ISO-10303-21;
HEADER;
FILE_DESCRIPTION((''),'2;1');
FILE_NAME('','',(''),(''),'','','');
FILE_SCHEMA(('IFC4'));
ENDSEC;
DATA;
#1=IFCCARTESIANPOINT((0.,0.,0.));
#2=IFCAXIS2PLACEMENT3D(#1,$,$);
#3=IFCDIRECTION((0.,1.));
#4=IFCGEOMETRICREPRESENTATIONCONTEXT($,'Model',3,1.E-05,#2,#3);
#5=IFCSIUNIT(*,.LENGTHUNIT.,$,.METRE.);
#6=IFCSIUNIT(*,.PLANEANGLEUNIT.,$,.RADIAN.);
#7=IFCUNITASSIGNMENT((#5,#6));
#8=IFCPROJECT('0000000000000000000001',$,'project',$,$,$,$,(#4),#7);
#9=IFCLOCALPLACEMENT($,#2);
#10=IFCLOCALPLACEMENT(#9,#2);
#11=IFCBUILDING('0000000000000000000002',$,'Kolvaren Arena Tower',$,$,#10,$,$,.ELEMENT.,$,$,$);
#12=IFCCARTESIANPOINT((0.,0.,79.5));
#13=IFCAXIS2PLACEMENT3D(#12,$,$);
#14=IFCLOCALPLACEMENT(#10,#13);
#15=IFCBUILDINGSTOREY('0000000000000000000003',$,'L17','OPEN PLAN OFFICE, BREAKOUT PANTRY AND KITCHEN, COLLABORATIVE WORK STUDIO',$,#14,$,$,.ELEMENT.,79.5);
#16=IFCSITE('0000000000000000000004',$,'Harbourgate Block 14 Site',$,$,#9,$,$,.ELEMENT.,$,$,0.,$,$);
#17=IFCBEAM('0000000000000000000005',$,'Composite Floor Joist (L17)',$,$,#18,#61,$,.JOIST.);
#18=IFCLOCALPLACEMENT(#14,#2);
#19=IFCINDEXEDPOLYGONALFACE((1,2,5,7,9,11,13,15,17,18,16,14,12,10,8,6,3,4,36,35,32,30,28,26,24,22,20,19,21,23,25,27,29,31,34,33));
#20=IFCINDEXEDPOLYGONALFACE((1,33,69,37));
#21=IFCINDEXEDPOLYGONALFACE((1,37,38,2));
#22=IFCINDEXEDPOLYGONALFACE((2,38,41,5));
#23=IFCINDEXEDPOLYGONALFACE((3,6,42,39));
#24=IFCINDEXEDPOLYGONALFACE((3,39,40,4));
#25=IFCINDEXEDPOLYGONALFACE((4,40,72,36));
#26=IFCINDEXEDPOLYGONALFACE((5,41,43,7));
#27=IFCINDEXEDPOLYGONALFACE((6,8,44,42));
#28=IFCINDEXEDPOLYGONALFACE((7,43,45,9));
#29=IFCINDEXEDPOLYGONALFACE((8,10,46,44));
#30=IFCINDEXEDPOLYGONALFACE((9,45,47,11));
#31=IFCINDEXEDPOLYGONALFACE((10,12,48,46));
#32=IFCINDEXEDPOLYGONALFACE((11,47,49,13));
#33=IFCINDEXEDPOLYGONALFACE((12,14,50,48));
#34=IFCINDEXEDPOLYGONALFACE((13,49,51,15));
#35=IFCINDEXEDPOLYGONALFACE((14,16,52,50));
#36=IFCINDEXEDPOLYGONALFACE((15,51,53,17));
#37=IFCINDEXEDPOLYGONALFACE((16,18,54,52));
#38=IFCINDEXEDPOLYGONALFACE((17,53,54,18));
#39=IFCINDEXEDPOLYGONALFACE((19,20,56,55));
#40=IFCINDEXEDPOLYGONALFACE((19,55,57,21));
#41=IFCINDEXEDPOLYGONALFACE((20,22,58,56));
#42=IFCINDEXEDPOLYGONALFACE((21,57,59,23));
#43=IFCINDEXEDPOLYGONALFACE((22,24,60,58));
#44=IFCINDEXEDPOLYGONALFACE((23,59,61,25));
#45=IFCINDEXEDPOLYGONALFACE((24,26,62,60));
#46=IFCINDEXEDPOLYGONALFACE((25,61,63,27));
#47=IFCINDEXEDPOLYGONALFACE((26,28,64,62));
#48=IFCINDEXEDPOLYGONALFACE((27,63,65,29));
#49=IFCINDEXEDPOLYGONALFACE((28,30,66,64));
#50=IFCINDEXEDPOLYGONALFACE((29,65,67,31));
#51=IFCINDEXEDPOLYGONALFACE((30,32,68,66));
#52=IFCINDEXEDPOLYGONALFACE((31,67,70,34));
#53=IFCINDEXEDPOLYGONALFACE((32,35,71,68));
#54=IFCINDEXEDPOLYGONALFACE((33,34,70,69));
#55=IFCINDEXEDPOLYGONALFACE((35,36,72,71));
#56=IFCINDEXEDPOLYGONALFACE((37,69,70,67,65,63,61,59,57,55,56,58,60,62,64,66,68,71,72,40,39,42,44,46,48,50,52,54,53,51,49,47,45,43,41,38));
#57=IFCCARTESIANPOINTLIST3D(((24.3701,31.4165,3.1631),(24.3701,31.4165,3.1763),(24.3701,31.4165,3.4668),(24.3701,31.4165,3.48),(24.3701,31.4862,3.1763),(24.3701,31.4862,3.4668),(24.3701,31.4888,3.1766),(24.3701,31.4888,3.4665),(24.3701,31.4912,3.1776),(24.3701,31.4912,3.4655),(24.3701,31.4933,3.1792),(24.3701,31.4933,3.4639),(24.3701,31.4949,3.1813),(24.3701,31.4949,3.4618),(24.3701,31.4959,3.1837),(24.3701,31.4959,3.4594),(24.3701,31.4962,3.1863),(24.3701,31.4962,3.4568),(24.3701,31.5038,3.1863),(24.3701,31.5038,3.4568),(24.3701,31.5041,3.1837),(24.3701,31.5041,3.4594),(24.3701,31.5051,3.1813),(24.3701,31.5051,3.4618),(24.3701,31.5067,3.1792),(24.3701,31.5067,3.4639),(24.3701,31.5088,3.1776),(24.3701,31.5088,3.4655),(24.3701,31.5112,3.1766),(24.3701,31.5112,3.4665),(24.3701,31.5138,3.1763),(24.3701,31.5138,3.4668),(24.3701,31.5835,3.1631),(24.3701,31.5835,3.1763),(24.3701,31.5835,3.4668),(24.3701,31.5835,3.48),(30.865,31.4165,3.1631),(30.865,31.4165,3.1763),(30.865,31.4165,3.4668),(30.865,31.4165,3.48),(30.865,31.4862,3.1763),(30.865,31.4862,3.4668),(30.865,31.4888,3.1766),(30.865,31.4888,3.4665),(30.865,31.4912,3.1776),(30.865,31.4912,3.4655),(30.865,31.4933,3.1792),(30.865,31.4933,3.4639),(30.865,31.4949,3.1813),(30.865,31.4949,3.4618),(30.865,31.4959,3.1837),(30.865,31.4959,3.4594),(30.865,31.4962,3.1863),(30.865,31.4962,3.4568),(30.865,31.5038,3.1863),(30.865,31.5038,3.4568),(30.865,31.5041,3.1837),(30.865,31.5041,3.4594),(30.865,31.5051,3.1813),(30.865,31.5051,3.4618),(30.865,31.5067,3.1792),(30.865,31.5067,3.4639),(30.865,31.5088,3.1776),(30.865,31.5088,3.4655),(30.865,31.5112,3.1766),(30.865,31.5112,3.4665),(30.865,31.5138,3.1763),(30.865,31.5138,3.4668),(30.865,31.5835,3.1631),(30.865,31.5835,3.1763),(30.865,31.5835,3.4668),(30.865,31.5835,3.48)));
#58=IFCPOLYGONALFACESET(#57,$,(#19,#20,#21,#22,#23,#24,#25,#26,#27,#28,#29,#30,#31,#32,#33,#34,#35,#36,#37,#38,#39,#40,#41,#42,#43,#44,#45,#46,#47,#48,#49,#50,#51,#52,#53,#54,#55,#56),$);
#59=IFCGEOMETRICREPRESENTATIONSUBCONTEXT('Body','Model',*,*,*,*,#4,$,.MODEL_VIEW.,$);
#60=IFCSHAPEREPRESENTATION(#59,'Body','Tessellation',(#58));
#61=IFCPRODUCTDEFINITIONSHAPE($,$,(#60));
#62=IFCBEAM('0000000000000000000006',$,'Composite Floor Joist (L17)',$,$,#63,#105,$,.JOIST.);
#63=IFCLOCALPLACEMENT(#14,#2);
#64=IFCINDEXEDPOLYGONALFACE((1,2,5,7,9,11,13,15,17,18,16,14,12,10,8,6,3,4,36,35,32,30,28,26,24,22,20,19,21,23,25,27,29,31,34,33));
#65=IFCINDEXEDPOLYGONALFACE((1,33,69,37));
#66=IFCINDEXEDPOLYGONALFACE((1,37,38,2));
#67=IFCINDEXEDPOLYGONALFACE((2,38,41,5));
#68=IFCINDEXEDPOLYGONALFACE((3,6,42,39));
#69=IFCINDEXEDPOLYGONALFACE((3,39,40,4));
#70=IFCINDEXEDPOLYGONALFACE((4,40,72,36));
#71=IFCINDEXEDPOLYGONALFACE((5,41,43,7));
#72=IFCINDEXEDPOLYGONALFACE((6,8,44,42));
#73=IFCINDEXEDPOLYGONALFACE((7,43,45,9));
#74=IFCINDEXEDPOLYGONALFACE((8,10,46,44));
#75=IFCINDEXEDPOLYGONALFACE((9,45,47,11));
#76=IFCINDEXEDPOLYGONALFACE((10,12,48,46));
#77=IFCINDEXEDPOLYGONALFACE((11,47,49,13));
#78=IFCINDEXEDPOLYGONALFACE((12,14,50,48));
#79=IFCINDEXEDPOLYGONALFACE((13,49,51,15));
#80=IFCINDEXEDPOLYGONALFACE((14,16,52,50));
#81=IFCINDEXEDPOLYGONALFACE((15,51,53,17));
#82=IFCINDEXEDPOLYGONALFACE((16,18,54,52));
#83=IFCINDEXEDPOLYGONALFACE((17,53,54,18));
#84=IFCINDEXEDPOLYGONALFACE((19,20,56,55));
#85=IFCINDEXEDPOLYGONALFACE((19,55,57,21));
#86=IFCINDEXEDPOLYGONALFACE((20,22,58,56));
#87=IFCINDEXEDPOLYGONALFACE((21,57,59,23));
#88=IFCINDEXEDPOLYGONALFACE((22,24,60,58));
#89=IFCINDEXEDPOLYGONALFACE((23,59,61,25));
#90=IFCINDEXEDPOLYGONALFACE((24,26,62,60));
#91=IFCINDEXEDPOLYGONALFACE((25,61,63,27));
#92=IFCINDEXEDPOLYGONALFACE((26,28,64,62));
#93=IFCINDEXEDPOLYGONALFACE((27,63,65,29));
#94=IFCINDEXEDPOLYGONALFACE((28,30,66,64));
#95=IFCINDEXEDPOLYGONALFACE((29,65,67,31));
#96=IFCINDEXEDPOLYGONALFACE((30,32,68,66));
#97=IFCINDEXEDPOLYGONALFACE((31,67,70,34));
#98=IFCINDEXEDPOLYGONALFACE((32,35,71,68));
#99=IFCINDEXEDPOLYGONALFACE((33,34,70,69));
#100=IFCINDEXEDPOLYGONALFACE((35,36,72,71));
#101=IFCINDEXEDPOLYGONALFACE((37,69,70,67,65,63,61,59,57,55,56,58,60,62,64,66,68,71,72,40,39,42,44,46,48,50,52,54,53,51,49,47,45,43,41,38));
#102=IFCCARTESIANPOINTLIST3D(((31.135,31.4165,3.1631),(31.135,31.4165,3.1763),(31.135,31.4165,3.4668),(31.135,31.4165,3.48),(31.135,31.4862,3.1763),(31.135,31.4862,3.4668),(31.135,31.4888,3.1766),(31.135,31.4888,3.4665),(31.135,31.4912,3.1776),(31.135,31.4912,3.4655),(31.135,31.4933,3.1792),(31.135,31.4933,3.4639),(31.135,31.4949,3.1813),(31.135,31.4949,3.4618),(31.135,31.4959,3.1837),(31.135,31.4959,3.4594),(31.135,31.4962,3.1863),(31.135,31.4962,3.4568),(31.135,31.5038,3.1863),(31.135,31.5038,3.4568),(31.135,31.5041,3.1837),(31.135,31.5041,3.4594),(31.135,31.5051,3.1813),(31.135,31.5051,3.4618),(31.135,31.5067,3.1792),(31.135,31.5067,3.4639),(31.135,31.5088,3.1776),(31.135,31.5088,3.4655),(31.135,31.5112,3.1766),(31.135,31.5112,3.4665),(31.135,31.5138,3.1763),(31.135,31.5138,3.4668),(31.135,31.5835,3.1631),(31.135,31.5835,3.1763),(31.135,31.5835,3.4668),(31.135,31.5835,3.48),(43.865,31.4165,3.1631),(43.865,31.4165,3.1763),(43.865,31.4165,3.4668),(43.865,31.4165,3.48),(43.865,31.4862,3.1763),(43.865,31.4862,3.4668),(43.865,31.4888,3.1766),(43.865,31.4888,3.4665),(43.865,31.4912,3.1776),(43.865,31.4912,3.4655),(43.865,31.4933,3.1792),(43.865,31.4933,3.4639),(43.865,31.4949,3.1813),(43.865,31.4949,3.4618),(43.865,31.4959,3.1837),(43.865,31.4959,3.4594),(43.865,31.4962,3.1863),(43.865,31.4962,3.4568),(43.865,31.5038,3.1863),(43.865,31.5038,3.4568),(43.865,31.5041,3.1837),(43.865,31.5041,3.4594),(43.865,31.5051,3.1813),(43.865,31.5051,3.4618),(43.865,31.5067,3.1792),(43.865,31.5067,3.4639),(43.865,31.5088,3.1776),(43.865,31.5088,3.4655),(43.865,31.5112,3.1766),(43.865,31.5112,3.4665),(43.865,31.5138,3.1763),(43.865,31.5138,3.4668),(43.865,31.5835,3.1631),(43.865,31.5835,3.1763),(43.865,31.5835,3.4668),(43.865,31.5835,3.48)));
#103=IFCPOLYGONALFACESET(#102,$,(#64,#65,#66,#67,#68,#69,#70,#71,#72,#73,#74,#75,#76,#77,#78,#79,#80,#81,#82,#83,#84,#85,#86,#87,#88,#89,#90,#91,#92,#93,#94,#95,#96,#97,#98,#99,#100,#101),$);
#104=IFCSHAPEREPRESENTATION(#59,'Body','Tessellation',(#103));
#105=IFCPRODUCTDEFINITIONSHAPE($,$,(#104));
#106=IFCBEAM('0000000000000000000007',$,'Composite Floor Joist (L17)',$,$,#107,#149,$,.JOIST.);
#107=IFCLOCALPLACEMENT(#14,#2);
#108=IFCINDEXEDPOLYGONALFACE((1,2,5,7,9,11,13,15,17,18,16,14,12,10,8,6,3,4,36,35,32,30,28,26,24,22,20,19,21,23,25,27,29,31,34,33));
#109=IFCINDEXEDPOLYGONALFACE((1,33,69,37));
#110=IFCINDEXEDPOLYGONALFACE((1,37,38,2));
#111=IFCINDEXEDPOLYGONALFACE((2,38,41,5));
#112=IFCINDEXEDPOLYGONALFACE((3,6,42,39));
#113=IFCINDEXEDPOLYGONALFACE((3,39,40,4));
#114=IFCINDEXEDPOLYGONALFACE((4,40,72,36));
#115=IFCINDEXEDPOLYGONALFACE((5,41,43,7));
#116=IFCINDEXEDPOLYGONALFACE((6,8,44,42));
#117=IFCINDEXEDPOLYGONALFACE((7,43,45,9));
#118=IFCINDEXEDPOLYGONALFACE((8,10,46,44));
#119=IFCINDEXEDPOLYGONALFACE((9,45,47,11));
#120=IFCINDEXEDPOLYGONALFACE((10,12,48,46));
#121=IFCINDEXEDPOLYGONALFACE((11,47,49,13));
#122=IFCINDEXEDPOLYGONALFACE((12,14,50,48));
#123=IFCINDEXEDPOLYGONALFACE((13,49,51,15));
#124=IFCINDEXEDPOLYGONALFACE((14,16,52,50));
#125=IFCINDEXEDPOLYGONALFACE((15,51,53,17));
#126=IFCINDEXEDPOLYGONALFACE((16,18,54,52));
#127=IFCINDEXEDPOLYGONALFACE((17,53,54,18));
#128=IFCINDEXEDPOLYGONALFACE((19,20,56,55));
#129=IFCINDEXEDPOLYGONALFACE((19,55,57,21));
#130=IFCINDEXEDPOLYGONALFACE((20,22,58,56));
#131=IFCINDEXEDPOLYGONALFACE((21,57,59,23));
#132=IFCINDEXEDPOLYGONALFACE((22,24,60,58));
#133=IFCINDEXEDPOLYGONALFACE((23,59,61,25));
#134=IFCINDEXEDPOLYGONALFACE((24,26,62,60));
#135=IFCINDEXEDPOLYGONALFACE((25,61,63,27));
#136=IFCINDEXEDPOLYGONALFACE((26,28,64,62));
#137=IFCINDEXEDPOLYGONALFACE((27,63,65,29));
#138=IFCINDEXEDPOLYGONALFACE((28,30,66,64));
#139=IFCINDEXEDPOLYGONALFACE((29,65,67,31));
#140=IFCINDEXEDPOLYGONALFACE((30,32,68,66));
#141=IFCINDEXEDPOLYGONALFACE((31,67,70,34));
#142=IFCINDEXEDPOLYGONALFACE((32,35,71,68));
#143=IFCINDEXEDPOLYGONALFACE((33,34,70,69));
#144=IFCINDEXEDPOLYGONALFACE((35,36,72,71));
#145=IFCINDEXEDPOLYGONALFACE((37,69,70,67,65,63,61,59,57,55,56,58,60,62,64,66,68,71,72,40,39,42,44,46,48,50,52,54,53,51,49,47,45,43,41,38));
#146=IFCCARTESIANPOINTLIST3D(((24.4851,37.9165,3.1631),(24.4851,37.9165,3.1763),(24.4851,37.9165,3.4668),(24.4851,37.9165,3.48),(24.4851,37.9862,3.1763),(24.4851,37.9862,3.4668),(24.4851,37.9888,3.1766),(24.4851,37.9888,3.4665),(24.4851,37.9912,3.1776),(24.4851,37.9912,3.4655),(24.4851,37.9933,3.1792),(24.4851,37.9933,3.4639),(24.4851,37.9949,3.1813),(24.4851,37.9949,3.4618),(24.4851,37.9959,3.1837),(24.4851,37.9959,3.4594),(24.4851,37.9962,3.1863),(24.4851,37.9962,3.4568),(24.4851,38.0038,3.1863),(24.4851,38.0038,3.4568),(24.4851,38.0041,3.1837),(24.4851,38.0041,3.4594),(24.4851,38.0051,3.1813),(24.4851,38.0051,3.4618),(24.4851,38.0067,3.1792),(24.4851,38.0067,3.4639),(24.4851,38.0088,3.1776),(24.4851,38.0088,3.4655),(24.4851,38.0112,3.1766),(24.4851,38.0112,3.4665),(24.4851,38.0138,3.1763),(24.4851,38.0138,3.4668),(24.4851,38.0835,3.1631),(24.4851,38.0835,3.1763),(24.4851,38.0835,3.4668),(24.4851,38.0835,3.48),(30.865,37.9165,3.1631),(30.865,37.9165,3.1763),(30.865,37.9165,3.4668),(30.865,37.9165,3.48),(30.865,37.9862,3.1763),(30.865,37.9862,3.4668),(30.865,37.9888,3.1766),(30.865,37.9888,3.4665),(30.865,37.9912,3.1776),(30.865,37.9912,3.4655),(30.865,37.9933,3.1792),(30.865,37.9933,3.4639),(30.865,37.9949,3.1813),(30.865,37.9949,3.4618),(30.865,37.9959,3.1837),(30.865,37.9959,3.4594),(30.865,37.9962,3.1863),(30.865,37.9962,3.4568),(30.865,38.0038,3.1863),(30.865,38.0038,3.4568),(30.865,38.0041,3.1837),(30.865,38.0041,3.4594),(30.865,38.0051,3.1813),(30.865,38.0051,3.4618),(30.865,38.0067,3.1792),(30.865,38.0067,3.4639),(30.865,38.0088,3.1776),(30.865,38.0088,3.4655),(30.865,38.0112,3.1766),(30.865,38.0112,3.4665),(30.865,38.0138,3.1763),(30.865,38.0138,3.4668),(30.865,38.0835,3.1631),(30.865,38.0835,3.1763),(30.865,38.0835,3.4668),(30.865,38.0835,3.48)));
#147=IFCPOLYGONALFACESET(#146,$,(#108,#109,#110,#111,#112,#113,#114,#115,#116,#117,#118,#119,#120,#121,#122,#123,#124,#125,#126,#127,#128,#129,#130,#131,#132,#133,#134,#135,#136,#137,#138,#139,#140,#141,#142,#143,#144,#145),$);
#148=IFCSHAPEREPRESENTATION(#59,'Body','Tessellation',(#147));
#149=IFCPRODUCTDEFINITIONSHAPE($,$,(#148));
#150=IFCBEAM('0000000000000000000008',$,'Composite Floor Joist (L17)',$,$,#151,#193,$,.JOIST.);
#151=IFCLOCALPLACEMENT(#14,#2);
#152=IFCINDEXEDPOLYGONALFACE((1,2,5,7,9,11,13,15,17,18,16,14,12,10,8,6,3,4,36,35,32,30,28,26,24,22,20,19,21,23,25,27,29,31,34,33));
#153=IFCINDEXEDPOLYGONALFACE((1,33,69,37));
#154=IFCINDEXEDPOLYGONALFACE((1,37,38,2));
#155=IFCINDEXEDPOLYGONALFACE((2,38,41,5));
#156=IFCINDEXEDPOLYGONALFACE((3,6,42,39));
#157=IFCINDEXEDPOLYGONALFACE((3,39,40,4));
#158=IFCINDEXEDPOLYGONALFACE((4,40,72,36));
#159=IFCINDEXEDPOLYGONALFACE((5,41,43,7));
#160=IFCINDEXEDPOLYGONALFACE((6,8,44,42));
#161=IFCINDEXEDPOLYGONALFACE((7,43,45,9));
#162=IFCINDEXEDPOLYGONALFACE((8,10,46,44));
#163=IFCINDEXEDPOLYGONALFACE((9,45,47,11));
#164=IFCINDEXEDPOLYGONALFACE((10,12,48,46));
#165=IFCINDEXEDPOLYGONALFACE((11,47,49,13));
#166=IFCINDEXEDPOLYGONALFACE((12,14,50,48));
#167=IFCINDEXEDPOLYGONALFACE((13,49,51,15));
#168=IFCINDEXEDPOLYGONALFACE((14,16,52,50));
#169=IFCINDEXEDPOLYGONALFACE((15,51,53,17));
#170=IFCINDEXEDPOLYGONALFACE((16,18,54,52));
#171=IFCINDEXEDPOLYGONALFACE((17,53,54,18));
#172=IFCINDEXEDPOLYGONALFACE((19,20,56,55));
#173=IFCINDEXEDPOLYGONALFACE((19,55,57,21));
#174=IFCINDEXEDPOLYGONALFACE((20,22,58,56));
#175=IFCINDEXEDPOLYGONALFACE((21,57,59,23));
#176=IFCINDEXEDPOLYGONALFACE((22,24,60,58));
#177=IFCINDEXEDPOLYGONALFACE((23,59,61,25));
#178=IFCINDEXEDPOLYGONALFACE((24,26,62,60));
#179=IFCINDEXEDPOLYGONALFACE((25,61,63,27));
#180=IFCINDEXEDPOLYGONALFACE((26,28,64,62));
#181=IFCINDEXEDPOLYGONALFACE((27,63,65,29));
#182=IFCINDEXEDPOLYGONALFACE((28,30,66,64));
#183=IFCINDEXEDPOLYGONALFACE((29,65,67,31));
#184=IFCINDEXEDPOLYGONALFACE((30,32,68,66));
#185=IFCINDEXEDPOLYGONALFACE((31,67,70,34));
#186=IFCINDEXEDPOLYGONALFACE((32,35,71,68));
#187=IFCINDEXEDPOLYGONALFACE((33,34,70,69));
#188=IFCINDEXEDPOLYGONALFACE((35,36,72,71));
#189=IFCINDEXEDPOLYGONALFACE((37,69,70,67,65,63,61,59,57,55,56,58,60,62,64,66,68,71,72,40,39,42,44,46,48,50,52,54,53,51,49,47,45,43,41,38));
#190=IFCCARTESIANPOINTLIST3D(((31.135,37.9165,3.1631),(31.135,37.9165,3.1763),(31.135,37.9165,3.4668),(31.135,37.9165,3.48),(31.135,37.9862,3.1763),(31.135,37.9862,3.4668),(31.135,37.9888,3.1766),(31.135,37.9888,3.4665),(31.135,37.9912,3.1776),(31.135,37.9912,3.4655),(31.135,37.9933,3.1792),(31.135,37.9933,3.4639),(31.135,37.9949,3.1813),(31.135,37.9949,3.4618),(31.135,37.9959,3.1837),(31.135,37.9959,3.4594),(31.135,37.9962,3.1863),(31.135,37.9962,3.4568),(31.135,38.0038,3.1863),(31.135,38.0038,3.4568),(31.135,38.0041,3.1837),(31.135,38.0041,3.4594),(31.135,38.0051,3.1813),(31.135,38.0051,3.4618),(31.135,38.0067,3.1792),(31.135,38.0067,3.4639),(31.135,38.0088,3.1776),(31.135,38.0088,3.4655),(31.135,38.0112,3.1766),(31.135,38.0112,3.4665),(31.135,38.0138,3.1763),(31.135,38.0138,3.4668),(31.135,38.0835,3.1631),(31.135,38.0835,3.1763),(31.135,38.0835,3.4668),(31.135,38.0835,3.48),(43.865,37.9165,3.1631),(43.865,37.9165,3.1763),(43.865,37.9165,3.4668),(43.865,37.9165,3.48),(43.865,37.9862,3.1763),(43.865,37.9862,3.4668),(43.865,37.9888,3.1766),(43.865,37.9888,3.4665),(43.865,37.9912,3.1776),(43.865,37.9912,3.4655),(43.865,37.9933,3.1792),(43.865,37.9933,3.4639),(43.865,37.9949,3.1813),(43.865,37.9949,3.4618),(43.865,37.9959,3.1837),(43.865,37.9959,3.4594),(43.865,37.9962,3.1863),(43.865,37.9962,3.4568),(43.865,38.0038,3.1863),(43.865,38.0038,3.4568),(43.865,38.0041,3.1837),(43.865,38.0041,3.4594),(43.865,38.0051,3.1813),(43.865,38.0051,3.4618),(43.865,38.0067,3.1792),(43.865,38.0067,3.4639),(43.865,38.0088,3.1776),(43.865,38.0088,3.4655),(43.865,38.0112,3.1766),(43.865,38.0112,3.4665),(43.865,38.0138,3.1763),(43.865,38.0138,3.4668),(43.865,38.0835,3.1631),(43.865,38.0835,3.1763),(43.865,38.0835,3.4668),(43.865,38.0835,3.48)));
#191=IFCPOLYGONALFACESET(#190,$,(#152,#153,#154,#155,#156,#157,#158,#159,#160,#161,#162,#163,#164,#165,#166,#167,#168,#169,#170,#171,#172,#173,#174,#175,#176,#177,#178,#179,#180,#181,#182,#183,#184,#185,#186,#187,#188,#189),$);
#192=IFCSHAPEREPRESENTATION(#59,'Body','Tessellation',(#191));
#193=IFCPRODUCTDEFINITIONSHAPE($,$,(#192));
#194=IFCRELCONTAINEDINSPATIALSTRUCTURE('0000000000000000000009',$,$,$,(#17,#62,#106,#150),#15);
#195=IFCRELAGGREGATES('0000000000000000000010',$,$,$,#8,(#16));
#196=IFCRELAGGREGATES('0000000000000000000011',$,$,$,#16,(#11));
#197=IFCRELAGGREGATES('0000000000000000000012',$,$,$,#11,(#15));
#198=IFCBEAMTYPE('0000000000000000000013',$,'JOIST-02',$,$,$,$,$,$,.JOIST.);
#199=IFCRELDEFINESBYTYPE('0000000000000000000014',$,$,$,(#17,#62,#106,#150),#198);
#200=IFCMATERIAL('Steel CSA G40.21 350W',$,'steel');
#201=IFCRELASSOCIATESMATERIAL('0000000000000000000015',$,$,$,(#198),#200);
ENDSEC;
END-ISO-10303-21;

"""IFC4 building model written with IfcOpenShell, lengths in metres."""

from ifc_helpers import new_model, si_unit, direction, frame, origin, origin_2d, place, context, subcontext, project, spatial, i_section, extrude, material, material_profile, profile_set, type_object, element, save


model = new_model("IFC4")

# Units and contexts
model_context = context("Model", 3, precision=1e-05, world=origin(), true_north=direction((0.0, 1.0)))
body_context = subcontext(model_context, "Body", "Model", "MODEL_VIEW")
ifc_project = project(units=[si_unit("LENGTHUNIT", "METRE"), si_unit("PLANEANGLEUNIT", "RADIAN")], contexts=[model_context])

# Site, building, storey
site_placement = place(None, origin())
site = spatial("IfcSite", under=ifc_project, at=site_placement, Name="Harbourgate Block 14 Site", CompositionType="ELEMENT", RefElevation=0.0)
building_placement = place(site_placement, origin())
building = spatial("IfcBuilding", under=site, at=building_placement, Name="Kolvaren Arena Tower", CompositionType="ELEMENT")
storey_placement = place(building_placement, frame((0.0, 0.0, 79.5)))
storey = spatial("IfcBuildingStorey", under=building, at=storey_placement, Name="L17", Description="OPEN PLAN OFFICE, BREAKOUT PANTRY AND KITCHEN, COLLABORATIVE WORK STUDIO", CompositionType="ELEMENT", Elevation=79.5)

# Beams
ifc_material_1 = material(Name="Steel CSA G40.21 350W", Category="steel")
ifc_material_profile_1 = material_profile(ifc_material_1, i_section(OverallWidth=0.167, OverallDepth=0.3169, WebThickness=0.0076, FlangeThickness=0.0132, FilletRadius=0.01, at=origin_2d()), Name="W310x52")
ifc_profile_set_1 = profile_set([ifc_material_profile_1], Name="Steel CSA G40.21 350W")
beam_type_1 = type_object("IfcBeamType", Name="JOIST-02", PredefinedType="JOIST", material=ifc_profile_set_1)
beam_1_placement = place(storey_placement, frame((24.3701, 31.5, 3.3215), z_axis=(1.0, 0.0, 0.0), x_axis=(0.0, 1.0, 0.0)))
element("IfcBeam", 1, at=beam_1_placement, inside=storey, type_object=beam_type_1, Name="Composite Floor Joist (L17)", PredefinedType="JOIST", context=body_context, shape_type="SweptSolid", body=[
    extrude(i_section(OverallWidth=0.167, OverallDepth=0.3169, WebThickness=0.0076, FlangeThickness=0.0132, FilletRadius=0.01, at=origin_2d()), origin(), (0.0, 0.0, 1.0), 6.4949),
])
beam_2_placement = place(storey_placement, frame((31.135, 31.5, 3.3215), z_axis=(1.0, 0.0, 0.0), x_axis=(0.0, 1.0, 0.0)))
element("IfcBeam", 2, at=beam_2_placement, inside=storey, type_object=beam_type_1, Name="Composite Floor Joist (L17)", PredefinedType="JOIST", context=body_context, shape_type="SweptSolid", body=[
    extrude(i_section(OverallWidth=0.167, OverallDepth=0.3169, WebThickness=0.0076, FlangeThickness=0.0132, FilletRadius=0.01, at=origin_2d()), origin(), (0.0, 0.0, 1.0), 12.73),
])
beam_3_placement = place(storey_placement, frame((24.4851, 38.0, 3.3215), z_axis=(1.0, 0.0, 0.0), x_axis=(0.0, 1.0, 0.0)))
element("IfcBeam", 3, at=beam_3_placement, inside=storey, type_object=beam_type_1, Name="Composite Floor Joist (L17)", PredefinedType="JOIST", context=body_context, shape_type="SweptSolid", body=[
    extrude(i_section(OverallWidth=0.167, OverallDepth=0.3169, WebThickness=0.0076, FlangeThickness=0.0132, FilletRadius=0.01, at=origin_2d()), origin(), (0.0, 0.0, 1.0), 6.3799),
])
beam_4_placement = place(storey_placement, frame((31.135, 38.0, 3.3215), z_axis=(1.0, 0.0, 0.0), x_axis=(0.0, 1.0, 0.0)))
element("IfcBeam", 4, at=beam_4_placement, inside=storey, type_object=beam_type_1, Name="Composite Floor Joist (L17)", PredefinedType="JOIST", context=body_context, shape_type="SweptSolid", body=[
    extrude(i_section(OverallWidth=0.167, OverallDepth=0.3169, WebThickness=0.0076, FlangeThickness=0.0132, FilletRadius=0.01, at=origin_2d()), origin(), (0.0, 0.0, 1.0), 12.73),
])

save(model, "model.ifc")
